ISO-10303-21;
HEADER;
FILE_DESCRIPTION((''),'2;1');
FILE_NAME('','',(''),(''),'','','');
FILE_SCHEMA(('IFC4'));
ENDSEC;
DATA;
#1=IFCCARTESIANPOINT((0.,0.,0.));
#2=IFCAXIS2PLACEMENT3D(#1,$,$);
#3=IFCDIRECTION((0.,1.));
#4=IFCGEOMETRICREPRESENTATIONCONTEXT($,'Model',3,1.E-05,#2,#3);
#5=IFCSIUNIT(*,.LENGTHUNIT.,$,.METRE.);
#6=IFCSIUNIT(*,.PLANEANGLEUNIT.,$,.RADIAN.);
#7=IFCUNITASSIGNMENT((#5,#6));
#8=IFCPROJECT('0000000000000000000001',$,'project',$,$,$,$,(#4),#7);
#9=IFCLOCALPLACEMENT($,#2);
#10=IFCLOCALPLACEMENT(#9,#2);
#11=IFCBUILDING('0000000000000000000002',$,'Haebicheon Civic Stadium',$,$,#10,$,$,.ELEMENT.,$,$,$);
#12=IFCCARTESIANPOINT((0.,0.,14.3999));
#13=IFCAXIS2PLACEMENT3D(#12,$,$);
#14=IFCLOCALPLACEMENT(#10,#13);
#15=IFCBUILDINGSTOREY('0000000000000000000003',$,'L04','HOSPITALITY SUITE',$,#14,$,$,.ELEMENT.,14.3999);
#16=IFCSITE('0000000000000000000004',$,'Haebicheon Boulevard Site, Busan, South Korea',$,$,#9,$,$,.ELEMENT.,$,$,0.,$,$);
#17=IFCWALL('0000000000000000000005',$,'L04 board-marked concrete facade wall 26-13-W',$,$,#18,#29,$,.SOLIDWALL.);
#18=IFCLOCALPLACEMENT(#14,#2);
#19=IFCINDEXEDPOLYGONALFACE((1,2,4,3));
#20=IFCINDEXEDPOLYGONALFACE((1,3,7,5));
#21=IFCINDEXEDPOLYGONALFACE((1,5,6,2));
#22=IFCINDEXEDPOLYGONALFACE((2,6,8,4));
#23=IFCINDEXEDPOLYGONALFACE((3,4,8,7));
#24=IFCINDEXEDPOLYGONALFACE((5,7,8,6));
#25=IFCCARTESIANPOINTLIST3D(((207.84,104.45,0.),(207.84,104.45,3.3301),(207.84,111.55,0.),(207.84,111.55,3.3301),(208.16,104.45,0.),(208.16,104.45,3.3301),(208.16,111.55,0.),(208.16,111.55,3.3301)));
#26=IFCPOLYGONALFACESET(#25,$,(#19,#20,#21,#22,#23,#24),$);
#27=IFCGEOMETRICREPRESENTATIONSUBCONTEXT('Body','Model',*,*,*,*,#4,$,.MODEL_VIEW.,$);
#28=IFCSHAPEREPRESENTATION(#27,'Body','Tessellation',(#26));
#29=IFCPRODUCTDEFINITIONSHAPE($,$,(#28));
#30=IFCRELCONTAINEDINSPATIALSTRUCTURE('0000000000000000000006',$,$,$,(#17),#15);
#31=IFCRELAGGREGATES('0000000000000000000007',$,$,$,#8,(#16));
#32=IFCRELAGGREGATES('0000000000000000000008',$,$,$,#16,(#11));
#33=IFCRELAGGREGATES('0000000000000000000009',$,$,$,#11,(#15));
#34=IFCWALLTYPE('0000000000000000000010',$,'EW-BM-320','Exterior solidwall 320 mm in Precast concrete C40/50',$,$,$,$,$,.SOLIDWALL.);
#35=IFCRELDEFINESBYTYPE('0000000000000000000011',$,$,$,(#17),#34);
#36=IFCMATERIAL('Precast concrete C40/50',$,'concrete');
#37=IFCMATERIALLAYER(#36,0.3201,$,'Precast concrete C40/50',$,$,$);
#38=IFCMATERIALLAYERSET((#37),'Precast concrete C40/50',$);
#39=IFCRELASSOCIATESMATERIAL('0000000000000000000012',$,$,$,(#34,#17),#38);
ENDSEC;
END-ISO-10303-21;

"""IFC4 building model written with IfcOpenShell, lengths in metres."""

from ifc_helpers import new_model, si_unit, direction, frame, frame_2d, origin, place, context, subcontext, project, spatial, rectangle, extrude, material, layer, layer_set, type_object, element, save


model = new_model("IFC4")

# Units and contexts
model_context = context("Model", 3, precision=1e-05, world=origin(), true_north=direction((0.0, 1.0)))
body_context = subcontext(model_context, "Body", "Model", "MODEL_VIEW")
ifc_project = project(units=[si_unit("LENGTHUNIT", "METRE"), si_unit("PLANEANGLEUNIT", "RADIAN")], contexts=[model_context])

# Site, building, storey
site_placement = place(None, origin())
site = spatial("IfcSite", under=ifc_project, at=site_placement, Name="Haebicheon Boulevard Site, Busan, South Korea", CompositionType="ELEMENT", RefElevation=0.0)
building_placement = place(site_placement, origin())
building = spatial("IfcBuilding", under=site, at=building_placement, Name="Haebicheon Civic Stadium", CompositionType="ELEMENT")
storey_placement = place(building_placement, frame((0.0, 0.0, 14.3999)))
storey = spatial("IfcBuildingStorey", under=building, at=storey_placement, Name="L04", Description="HOSPITALITY SUITE", CompositionType="ELEMENT", Elevation=14.3999)

# Wall
ifc_material_1 = material(Name="Precast concrete C40/50", Category="concrete")
ifc_layer_1 = layer(ifc_material_1, 0.3201, Name="Precast concrete C40/50")
ifc_layer_set_1 = layer_set([ifc_layer_1], Name="Precast concrete C40/50")
wall_type = type_object("IfcWallType", Name="EW-BM-320", Description="Exterior solidwall 320 mm in Precast concrete C40/50", PredefinedType="SOLIDWALL", material=ifc_layer_set_1)
wall_placement = place(storey_placement, frame((208.0, 104.45, 0.0), z_axis=(0.0, 0.0, 1.0), x_axis=(0.0, 1.0, 0.0)))
element("IfcWall", 1, at=wall_placement, inside=storey, type_object=wall_type, material=ifc_layer_set_1, Name="L04 board-marked concrete facade wall 26-13-W", PredefinedType="SOLIDWALL", context=body_context, shape_type="SweptSolid", body=[
    extrude(rectangle(XDim=7.1001, YDim=0.3201, at=frame_2d((3.55, 0.0))), origin(), (0.0, 0.0, 1.0), 3.3301),
])

save(model, "model.ifc")
